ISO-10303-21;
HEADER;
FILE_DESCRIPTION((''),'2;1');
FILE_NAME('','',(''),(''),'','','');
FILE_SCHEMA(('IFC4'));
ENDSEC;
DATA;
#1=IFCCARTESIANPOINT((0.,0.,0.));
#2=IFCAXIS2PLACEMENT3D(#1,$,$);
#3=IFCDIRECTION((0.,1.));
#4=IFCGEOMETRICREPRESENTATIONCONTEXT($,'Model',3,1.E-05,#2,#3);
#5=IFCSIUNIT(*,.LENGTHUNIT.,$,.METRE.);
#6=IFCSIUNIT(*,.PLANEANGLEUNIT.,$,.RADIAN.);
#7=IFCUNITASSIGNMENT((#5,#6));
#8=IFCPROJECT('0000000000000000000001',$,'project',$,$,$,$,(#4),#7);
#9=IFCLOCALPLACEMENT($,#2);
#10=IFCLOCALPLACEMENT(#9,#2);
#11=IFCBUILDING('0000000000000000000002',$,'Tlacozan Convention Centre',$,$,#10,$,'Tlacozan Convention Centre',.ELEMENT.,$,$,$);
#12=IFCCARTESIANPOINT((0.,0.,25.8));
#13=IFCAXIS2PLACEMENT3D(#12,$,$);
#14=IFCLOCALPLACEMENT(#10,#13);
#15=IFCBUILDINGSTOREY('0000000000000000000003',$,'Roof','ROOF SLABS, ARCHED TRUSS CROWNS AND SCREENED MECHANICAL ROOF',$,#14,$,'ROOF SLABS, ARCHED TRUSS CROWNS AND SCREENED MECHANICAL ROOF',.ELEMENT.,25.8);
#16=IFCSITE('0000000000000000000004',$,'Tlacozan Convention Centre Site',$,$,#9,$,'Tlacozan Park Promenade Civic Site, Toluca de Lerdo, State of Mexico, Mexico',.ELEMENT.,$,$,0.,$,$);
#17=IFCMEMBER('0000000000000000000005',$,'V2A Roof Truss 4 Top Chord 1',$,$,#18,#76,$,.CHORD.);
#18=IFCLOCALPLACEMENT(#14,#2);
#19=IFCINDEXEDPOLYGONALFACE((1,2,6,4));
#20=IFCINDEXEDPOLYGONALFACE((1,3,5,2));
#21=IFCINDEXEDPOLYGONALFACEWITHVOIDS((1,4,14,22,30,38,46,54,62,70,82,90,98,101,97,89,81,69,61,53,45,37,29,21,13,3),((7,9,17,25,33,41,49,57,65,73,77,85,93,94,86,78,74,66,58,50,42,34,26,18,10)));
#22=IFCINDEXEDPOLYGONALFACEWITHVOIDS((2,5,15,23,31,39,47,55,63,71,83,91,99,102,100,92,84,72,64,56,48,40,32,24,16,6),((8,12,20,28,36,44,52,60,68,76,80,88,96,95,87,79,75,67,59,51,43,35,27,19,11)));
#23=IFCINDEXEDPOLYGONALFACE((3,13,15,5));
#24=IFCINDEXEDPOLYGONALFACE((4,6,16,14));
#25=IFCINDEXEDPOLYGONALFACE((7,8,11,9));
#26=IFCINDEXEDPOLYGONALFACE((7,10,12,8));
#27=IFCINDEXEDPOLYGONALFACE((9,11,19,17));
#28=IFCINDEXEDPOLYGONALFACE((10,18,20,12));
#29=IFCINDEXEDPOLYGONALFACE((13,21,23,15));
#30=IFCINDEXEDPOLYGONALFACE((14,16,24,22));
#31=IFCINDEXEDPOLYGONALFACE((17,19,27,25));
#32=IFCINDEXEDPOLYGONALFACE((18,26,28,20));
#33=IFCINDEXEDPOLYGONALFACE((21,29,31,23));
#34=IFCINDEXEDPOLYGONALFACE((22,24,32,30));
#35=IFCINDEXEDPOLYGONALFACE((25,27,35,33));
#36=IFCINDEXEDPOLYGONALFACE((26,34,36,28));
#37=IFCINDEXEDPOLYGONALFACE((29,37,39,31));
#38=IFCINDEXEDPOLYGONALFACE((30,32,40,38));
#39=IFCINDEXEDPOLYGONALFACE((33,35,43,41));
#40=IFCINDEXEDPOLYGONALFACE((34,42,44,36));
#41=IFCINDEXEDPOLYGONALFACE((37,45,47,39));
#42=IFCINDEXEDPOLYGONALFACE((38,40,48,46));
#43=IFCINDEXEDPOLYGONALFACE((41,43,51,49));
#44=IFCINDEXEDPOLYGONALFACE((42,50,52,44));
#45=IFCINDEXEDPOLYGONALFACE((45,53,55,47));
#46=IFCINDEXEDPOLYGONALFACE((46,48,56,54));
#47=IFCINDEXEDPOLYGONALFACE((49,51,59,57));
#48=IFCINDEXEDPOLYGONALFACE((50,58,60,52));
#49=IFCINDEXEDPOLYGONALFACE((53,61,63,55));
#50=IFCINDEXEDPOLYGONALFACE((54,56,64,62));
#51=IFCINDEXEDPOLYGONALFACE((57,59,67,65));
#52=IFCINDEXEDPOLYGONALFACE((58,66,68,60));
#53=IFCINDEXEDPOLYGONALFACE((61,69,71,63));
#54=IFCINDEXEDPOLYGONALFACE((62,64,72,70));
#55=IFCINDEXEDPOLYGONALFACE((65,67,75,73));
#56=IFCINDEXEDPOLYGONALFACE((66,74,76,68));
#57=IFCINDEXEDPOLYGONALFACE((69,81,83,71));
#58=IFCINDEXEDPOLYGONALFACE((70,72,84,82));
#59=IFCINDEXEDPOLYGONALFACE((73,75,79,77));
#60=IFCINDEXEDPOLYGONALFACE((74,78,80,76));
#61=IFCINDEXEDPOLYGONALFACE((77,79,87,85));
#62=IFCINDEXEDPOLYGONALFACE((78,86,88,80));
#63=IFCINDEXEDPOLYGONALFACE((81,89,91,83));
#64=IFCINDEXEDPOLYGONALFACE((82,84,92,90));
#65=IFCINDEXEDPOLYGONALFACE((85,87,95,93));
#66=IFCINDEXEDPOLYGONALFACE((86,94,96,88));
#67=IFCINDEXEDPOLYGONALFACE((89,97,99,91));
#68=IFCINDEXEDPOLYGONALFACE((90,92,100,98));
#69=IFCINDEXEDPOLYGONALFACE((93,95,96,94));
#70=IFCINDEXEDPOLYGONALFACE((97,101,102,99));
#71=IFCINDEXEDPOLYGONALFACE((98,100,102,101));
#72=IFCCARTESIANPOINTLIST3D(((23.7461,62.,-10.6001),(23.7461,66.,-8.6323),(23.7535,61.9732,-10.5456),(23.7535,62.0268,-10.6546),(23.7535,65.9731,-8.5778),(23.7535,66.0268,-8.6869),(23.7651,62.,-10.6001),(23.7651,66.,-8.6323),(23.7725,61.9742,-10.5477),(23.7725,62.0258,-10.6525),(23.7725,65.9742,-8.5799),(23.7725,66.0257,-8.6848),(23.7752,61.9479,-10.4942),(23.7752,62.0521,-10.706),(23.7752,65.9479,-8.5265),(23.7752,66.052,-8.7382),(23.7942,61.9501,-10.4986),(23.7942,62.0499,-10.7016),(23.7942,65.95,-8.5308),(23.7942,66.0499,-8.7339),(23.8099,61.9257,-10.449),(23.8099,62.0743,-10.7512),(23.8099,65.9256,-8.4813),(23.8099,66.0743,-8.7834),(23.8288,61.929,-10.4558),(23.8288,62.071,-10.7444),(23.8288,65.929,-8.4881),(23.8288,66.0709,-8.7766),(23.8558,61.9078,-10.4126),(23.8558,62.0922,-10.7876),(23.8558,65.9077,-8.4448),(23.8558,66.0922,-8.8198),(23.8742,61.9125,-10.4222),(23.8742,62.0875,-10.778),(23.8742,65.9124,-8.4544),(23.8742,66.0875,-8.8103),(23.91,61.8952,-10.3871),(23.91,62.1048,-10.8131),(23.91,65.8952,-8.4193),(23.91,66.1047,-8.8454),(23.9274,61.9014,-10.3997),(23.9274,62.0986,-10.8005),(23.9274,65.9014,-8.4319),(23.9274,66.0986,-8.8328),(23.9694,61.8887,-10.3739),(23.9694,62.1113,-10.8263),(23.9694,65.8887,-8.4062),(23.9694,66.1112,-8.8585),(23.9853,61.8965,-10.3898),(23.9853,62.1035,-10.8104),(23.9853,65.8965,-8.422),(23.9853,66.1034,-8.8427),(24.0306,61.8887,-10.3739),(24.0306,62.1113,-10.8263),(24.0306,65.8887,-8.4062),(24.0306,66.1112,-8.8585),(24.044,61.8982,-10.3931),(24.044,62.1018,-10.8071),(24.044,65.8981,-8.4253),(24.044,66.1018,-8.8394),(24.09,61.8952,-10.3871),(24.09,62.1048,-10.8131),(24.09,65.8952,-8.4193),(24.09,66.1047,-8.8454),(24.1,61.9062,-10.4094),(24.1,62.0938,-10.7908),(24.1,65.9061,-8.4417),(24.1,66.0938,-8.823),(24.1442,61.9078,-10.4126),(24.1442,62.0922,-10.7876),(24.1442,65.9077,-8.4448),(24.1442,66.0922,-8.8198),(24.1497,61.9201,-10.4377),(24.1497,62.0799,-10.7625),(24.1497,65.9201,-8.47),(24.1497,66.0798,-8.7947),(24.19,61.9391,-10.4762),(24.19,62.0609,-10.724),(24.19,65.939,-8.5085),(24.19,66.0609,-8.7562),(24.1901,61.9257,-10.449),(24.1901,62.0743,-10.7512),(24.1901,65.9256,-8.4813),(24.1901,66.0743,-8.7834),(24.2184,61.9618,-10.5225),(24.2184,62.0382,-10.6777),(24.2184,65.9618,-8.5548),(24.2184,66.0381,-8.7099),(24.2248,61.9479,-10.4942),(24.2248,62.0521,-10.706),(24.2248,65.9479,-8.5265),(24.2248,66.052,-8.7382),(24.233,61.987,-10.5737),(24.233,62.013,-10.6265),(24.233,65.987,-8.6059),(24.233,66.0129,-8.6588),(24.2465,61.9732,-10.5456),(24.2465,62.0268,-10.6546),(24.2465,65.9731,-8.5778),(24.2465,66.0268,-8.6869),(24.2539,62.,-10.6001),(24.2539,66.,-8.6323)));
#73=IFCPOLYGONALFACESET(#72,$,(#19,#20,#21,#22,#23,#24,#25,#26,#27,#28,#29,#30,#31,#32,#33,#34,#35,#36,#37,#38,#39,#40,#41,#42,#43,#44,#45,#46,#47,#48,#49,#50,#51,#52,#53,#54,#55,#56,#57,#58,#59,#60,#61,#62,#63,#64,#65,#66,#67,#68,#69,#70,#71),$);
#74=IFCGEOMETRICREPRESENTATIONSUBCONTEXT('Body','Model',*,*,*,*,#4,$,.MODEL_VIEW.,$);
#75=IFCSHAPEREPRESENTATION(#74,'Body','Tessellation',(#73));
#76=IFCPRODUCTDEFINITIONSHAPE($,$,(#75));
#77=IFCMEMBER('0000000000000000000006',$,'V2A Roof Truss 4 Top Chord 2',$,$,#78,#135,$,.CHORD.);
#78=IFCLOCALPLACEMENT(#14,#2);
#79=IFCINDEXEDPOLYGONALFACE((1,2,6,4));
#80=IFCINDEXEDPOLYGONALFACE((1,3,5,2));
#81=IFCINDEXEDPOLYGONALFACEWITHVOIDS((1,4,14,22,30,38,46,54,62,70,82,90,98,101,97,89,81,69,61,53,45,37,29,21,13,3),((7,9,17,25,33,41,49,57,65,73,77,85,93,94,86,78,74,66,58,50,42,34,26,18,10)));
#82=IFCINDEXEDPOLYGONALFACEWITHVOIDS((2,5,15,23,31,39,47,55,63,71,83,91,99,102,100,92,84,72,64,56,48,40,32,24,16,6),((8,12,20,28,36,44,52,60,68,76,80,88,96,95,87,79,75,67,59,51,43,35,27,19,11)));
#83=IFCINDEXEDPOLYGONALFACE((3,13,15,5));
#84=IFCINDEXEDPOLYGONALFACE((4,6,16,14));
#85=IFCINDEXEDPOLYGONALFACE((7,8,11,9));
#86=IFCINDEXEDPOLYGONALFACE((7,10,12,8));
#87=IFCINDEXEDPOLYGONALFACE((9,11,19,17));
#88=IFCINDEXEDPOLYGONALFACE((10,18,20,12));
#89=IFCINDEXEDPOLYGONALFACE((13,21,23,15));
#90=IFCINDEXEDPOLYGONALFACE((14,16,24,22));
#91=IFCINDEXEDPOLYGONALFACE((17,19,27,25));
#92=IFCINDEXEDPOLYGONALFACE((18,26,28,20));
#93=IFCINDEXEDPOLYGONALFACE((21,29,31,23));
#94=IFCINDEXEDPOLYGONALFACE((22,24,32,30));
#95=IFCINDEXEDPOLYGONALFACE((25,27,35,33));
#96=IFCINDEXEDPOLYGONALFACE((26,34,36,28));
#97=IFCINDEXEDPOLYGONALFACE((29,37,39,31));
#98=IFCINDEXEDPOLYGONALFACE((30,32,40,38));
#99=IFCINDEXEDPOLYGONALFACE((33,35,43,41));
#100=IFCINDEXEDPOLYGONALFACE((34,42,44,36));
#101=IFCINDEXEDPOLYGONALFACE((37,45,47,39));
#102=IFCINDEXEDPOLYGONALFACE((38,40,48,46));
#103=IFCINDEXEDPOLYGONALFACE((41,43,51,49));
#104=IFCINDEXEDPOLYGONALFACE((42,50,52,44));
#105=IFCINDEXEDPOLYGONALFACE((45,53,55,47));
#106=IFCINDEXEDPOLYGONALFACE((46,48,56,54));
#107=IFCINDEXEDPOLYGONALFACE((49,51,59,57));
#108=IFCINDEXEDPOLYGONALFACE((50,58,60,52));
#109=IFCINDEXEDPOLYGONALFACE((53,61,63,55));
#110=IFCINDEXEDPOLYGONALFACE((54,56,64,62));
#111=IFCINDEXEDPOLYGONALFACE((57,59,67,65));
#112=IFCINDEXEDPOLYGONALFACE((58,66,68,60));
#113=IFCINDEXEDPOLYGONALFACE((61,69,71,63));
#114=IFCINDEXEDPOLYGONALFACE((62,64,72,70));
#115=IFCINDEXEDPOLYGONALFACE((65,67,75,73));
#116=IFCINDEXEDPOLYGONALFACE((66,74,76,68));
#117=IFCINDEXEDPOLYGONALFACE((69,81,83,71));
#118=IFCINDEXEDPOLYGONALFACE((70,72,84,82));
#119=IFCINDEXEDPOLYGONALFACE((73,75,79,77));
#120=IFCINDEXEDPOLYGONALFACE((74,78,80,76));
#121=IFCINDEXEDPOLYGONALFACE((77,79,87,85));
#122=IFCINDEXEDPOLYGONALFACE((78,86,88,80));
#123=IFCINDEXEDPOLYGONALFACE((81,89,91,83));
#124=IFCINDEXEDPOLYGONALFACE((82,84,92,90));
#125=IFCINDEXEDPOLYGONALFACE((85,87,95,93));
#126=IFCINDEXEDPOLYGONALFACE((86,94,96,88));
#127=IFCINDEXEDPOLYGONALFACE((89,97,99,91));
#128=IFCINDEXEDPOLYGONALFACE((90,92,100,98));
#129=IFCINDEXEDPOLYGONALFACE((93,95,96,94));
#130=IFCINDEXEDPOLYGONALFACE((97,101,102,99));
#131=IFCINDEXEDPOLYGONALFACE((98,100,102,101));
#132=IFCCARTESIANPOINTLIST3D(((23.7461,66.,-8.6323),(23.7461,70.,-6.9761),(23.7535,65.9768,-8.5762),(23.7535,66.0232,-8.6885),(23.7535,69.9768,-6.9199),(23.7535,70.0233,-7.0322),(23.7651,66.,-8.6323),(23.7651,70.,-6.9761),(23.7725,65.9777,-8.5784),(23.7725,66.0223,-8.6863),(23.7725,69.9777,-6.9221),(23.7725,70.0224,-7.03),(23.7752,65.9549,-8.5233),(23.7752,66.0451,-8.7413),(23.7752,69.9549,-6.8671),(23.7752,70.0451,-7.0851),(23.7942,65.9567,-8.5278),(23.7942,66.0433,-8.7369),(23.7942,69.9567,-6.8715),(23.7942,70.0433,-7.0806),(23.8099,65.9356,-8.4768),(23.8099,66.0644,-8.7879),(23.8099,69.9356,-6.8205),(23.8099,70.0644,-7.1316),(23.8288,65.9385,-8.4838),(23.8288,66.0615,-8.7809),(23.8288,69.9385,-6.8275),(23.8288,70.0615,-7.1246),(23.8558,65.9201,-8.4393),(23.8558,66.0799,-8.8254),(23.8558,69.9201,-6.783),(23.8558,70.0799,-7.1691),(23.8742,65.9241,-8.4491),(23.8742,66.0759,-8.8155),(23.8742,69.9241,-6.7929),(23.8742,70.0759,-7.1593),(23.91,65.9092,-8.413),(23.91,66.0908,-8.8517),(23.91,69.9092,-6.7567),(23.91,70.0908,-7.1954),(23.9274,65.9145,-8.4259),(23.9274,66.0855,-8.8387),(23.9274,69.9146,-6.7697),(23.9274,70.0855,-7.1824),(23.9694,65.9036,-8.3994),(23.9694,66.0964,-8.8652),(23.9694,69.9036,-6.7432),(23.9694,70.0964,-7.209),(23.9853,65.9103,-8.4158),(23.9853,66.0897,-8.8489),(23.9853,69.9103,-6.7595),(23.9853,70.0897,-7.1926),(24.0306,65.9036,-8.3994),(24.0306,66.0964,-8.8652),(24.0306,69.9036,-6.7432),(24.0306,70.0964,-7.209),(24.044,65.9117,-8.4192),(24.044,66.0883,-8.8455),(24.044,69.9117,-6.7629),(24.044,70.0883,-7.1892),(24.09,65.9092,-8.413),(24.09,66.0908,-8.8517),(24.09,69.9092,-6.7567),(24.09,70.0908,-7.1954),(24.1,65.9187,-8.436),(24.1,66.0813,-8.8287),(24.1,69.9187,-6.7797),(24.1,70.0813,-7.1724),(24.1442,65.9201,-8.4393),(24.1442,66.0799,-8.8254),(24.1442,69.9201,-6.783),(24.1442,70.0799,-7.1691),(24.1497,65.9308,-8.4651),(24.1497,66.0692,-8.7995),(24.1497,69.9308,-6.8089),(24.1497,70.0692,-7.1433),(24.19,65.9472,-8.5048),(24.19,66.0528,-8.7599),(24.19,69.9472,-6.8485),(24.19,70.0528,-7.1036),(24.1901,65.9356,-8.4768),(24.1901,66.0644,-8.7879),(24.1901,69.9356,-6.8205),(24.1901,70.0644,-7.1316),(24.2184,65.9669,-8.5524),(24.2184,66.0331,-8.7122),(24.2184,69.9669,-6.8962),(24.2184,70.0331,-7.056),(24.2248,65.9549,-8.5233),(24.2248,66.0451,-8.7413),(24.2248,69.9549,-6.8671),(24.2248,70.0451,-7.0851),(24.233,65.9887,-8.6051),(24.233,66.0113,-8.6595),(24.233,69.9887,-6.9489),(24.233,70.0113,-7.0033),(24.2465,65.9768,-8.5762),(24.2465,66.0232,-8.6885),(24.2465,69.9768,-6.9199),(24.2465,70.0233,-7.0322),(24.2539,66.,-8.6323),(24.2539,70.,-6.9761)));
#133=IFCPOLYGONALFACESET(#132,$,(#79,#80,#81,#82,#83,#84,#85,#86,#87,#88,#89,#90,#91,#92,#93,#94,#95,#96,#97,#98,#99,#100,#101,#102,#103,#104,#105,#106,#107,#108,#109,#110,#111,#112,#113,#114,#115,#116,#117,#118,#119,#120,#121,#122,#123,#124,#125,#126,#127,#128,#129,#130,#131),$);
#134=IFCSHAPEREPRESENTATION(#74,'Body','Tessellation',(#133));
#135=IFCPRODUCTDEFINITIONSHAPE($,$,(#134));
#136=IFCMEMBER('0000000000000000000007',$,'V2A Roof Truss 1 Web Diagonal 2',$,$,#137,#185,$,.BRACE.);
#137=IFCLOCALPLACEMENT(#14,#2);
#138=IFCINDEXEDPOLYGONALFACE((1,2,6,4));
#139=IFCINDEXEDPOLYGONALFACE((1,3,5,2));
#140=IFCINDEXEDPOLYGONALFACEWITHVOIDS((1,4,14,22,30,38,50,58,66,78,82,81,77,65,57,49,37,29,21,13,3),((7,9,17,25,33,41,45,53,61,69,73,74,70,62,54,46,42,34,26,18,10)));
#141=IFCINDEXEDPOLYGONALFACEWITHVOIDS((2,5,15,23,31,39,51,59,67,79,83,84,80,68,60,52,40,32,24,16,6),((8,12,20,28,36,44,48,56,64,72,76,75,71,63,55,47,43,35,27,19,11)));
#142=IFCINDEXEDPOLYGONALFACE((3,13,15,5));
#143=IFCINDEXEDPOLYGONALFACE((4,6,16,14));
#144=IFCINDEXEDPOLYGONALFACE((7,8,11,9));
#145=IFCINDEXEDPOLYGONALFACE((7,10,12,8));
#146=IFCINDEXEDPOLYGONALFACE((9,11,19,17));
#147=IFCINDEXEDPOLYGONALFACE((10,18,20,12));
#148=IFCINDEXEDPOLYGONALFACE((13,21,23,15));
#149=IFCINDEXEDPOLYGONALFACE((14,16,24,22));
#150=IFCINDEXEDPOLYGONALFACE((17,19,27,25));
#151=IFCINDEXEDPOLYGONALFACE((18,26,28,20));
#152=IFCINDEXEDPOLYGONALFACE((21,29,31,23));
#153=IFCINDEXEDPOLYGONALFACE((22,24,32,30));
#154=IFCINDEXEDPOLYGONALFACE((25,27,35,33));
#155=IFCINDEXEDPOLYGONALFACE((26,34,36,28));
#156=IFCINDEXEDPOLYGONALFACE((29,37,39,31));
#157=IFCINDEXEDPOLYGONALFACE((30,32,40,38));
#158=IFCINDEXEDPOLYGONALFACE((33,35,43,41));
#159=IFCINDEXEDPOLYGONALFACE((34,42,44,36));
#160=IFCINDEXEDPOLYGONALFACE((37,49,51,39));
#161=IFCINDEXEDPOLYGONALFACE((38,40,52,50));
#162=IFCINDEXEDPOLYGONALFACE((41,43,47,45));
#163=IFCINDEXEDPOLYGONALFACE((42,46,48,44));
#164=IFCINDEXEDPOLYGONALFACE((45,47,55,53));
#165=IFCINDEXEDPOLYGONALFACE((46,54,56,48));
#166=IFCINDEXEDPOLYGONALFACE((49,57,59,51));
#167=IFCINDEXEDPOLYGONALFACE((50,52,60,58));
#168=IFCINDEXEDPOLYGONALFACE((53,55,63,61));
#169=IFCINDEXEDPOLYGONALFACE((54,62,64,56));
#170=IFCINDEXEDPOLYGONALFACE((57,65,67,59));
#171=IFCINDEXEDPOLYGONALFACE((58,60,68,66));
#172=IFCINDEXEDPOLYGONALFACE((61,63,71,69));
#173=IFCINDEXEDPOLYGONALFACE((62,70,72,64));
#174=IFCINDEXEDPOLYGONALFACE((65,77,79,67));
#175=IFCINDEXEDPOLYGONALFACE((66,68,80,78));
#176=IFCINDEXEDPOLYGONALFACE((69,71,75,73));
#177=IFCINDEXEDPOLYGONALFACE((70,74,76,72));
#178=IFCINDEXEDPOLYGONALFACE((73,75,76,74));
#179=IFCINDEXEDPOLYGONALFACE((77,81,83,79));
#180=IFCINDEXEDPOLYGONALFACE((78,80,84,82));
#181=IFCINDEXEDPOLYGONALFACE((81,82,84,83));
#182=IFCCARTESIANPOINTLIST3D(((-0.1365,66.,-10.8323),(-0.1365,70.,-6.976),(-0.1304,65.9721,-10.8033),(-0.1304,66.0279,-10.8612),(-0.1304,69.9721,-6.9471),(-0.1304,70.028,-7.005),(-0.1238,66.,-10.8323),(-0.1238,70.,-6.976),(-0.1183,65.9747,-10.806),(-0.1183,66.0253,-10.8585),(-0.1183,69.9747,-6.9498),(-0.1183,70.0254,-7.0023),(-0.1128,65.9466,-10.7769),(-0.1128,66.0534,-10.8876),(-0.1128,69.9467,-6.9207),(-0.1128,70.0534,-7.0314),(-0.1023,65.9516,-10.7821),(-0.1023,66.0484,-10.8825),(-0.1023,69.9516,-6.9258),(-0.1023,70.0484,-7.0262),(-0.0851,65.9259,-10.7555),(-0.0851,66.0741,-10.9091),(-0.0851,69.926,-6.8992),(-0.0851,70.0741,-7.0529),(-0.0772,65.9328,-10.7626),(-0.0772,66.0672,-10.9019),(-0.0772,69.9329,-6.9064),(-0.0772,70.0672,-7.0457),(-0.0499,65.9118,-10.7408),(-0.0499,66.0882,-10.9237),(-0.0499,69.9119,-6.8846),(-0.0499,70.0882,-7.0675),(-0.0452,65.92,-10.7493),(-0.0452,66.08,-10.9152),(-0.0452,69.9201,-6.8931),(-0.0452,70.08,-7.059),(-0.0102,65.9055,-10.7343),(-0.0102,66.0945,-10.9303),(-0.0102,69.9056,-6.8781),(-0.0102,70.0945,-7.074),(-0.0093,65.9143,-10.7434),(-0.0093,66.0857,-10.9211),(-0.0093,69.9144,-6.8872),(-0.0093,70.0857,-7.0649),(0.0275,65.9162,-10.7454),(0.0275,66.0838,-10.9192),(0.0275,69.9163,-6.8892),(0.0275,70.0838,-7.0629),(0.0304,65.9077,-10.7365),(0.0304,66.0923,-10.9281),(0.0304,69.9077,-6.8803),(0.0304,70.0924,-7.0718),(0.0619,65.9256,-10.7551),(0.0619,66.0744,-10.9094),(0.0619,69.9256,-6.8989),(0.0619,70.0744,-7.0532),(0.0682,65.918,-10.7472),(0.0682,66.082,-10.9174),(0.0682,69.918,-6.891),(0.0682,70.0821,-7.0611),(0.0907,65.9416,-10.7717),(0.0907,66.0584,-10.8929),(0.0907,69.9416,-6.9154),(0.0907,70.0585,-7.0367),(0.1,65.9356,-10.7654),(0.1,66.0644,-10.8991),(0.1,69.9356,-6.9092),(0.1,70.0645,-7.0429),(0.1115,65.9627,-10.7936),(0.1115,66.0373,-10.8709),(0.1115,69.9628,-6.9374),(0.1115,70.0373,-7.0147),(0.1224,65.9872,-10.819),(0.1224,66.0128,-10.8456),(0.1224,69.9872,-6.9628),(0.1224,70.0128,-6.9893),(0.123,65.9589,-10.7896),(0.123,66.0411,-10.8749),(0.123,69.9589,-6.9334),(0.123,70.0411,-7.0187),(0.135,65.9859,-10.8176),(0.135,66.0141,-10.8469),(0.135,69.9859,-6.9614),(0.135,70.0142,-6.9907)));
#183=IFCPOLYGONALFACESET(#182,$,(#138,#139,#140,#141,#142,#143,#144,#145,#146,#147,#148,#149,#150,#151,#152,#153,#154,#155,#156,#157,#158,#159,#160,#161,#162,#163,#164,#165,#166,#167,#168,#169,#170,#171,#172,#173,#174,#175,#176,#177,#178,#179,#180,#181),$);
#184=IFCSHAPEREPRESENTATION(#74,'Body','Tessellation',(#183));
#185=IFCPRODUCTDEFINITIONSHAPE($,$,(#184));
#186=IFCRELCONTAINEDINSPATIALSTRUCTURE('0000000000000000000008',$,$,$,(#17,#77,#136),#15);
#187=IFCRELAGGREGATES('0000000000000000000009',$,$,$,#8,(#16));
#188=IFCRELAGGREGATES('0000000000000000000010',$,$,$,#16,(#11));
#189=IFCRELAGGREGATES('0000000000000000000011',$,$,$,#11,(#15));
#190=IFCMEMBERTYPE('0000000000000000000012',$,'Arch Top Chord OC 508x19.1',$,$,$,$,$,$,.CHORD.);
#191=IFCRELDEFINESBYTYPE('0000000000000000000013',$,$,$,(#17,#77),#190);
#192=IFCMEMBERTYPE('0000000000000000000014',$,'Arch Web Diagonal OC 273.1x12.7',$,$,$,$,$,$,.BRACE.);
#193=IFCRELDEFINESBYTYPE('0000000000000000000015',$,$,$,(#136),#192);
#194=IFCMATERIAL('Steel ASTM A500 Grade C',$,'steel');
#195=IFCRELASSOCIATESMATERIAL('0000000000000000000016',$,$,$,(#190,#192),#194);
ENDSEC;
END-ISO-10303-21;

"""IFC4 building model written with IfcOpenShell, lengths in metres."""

from ifc_helpers import new_model, si_unit, direction, frame, origin, origin_2d, place, context, subcontext, project, spatial, hollow_circle, extrude, material, material_profile, profile_set, type_object, element, save


model = new_model("IFC4")

# Units and contexts
model_context = context("Model", 3, precision=1e-05, world=origin(), true_north=direction((0.0, 1.0)))
body_context = subcontext(model_context, "Body", "Model", "MODEL_VIEW")
ifc_project = project(units=[si_unit("LENGTHUNIT", "METRE"), si_unit("PLANEANGLEUNIT", "RADIAN")], contexts=[model_context])

# Site, building, storey
site_placement = place(None, origin())
site = spatial("IfcSite", under=ifc_project, at=site_placement, Name="Tlacozan Convention Centre Site", LongName="Tlacozan Park Promenade Civic Site, Toluca de Lerdo, State of Mexico, Mexico", CompositionType="ELEMENT", RefElevation=0.0)
building_placement = place(site_placement, origin())
building = spatial("IfcBuilding", under=site, at=building_placement, Name="Tlacozan Convention Centre", LongName="Tlacozan Convention Centre", CompositionType="ELEMENT")
storey_placement = place(building_placement, frame((0.0, 0.0, 25.8)))
storey = spatial("IfcBuildingStorey", under=building, at=storey_placement, Name="Roof", Description="ROOF SLABS, ARCHED TRUSS CROWNS AND SCREENED MECHANICAL ROOF", LongName="ROOF SLABS, ARCHED TRUSS CROWNS AND SCREENED MECHANICAL ROOF", CompositionType="ELEMENT", Elevation=25.8)

# Members
ifc_material_1 = material(Name="Steel ASTM A500 Grade C", Category="steel")
ifc_material_profile_1 = material_profile(ifc_material_1, hollow_circle(Radius=0.2539, WallThickness=0.019, at=origin_2d()), Name="OC 508.0x19.1")
ifc_profile_set_1 = profile_set([ifc_material_profile_1], Name="Steel ASTM A500 Grade C")
member_type_1 = type_object("IfcMemberType", Name="Arch Top Chord OC 508x19.1", PredefinedType="CHORD", material=ifc_profile_set_1)
member_1_placement = place(storey_placement, frame((24.0, 62.0, -10.6001), z_axis=(0.0, 0.8973, 0.441421), x_axis=(-1.0, 0.0, 0.0)))
element("IfcMember", 1, at=member_1_placement, inside=storey, type_object=member_type_1, Name="V2A Roof Truss 4 Top Chord 1", PredefinedType="CHORD", context=body_context, shape_type="SweptSolid", body=[
    extrude(hollow_circle(Radius=0.2539, WallThickness=0.019, at=origin_2d()), origin(), (0.0, 0.0, 1.0), 4.4578),
])
member_2_placement = place(storey_placement, frame((24.0, 66.0, -8.6323), z_axis=(0.0, 0.923929, 0.382564), x_axis=(-1.0, 0.0, 0.0)))
element("IfcMember", 2, at=member_2_placement, inside=storey, type_object=member_type_1, Name="V2A Roof Truss 4 Top Chord 2", PredefinedType="CHORD", context=body_context, shape_type="SweptSolid", body=[
    extrude(hollow_circle(Radius=0.2539, WallThickness=0.019, at=origin_2d()), origin(), (0.0, 0.0, 1.0), 4.3293),
])
ifc_material_profile_2 = material_profile(ifc_material_1, hollow_circle(Radius=0.1365, WallThickness=0.0127, at=origin_2d()), Name="OC 273.1x12.7")
ifc_profile_set_2 = profile_set([ifc_material_profile_2], Name="Steel ASTM A500 Grade C")
member_type_2 = type_object("IfcMemberType", Name="Arch Web Diagonal OC 273.1x12.7", PredefinedType="BRACE", material=ifc_profile_set_2)
for number, where, z_axis, x_axis, name in (
    (3, (0.0, 66.0, -10.8323), (0.0, 0.719929, 0.694048), (-1.0, 0.0, 0.0), "V2A Roof Truss 1 Web Diagonal 2"),
):
    element("IfcMember", number, at=place(storey_placement, frame(where, z_axis=z_axis, x_axis=x_axis)), inside=storey, type_object=member_type_2, Name=name, PredefinedType="BRACE", context=body_context, shape_type="SweptSolid", body=[
        extrude(hollow_circle(Radius=0.1365, WallThickness=0.0127, at=origin_2d()), origin(), (0.0, 0.0, 1.0), 5.5562),
    ])

save(model, "model.ifc")
